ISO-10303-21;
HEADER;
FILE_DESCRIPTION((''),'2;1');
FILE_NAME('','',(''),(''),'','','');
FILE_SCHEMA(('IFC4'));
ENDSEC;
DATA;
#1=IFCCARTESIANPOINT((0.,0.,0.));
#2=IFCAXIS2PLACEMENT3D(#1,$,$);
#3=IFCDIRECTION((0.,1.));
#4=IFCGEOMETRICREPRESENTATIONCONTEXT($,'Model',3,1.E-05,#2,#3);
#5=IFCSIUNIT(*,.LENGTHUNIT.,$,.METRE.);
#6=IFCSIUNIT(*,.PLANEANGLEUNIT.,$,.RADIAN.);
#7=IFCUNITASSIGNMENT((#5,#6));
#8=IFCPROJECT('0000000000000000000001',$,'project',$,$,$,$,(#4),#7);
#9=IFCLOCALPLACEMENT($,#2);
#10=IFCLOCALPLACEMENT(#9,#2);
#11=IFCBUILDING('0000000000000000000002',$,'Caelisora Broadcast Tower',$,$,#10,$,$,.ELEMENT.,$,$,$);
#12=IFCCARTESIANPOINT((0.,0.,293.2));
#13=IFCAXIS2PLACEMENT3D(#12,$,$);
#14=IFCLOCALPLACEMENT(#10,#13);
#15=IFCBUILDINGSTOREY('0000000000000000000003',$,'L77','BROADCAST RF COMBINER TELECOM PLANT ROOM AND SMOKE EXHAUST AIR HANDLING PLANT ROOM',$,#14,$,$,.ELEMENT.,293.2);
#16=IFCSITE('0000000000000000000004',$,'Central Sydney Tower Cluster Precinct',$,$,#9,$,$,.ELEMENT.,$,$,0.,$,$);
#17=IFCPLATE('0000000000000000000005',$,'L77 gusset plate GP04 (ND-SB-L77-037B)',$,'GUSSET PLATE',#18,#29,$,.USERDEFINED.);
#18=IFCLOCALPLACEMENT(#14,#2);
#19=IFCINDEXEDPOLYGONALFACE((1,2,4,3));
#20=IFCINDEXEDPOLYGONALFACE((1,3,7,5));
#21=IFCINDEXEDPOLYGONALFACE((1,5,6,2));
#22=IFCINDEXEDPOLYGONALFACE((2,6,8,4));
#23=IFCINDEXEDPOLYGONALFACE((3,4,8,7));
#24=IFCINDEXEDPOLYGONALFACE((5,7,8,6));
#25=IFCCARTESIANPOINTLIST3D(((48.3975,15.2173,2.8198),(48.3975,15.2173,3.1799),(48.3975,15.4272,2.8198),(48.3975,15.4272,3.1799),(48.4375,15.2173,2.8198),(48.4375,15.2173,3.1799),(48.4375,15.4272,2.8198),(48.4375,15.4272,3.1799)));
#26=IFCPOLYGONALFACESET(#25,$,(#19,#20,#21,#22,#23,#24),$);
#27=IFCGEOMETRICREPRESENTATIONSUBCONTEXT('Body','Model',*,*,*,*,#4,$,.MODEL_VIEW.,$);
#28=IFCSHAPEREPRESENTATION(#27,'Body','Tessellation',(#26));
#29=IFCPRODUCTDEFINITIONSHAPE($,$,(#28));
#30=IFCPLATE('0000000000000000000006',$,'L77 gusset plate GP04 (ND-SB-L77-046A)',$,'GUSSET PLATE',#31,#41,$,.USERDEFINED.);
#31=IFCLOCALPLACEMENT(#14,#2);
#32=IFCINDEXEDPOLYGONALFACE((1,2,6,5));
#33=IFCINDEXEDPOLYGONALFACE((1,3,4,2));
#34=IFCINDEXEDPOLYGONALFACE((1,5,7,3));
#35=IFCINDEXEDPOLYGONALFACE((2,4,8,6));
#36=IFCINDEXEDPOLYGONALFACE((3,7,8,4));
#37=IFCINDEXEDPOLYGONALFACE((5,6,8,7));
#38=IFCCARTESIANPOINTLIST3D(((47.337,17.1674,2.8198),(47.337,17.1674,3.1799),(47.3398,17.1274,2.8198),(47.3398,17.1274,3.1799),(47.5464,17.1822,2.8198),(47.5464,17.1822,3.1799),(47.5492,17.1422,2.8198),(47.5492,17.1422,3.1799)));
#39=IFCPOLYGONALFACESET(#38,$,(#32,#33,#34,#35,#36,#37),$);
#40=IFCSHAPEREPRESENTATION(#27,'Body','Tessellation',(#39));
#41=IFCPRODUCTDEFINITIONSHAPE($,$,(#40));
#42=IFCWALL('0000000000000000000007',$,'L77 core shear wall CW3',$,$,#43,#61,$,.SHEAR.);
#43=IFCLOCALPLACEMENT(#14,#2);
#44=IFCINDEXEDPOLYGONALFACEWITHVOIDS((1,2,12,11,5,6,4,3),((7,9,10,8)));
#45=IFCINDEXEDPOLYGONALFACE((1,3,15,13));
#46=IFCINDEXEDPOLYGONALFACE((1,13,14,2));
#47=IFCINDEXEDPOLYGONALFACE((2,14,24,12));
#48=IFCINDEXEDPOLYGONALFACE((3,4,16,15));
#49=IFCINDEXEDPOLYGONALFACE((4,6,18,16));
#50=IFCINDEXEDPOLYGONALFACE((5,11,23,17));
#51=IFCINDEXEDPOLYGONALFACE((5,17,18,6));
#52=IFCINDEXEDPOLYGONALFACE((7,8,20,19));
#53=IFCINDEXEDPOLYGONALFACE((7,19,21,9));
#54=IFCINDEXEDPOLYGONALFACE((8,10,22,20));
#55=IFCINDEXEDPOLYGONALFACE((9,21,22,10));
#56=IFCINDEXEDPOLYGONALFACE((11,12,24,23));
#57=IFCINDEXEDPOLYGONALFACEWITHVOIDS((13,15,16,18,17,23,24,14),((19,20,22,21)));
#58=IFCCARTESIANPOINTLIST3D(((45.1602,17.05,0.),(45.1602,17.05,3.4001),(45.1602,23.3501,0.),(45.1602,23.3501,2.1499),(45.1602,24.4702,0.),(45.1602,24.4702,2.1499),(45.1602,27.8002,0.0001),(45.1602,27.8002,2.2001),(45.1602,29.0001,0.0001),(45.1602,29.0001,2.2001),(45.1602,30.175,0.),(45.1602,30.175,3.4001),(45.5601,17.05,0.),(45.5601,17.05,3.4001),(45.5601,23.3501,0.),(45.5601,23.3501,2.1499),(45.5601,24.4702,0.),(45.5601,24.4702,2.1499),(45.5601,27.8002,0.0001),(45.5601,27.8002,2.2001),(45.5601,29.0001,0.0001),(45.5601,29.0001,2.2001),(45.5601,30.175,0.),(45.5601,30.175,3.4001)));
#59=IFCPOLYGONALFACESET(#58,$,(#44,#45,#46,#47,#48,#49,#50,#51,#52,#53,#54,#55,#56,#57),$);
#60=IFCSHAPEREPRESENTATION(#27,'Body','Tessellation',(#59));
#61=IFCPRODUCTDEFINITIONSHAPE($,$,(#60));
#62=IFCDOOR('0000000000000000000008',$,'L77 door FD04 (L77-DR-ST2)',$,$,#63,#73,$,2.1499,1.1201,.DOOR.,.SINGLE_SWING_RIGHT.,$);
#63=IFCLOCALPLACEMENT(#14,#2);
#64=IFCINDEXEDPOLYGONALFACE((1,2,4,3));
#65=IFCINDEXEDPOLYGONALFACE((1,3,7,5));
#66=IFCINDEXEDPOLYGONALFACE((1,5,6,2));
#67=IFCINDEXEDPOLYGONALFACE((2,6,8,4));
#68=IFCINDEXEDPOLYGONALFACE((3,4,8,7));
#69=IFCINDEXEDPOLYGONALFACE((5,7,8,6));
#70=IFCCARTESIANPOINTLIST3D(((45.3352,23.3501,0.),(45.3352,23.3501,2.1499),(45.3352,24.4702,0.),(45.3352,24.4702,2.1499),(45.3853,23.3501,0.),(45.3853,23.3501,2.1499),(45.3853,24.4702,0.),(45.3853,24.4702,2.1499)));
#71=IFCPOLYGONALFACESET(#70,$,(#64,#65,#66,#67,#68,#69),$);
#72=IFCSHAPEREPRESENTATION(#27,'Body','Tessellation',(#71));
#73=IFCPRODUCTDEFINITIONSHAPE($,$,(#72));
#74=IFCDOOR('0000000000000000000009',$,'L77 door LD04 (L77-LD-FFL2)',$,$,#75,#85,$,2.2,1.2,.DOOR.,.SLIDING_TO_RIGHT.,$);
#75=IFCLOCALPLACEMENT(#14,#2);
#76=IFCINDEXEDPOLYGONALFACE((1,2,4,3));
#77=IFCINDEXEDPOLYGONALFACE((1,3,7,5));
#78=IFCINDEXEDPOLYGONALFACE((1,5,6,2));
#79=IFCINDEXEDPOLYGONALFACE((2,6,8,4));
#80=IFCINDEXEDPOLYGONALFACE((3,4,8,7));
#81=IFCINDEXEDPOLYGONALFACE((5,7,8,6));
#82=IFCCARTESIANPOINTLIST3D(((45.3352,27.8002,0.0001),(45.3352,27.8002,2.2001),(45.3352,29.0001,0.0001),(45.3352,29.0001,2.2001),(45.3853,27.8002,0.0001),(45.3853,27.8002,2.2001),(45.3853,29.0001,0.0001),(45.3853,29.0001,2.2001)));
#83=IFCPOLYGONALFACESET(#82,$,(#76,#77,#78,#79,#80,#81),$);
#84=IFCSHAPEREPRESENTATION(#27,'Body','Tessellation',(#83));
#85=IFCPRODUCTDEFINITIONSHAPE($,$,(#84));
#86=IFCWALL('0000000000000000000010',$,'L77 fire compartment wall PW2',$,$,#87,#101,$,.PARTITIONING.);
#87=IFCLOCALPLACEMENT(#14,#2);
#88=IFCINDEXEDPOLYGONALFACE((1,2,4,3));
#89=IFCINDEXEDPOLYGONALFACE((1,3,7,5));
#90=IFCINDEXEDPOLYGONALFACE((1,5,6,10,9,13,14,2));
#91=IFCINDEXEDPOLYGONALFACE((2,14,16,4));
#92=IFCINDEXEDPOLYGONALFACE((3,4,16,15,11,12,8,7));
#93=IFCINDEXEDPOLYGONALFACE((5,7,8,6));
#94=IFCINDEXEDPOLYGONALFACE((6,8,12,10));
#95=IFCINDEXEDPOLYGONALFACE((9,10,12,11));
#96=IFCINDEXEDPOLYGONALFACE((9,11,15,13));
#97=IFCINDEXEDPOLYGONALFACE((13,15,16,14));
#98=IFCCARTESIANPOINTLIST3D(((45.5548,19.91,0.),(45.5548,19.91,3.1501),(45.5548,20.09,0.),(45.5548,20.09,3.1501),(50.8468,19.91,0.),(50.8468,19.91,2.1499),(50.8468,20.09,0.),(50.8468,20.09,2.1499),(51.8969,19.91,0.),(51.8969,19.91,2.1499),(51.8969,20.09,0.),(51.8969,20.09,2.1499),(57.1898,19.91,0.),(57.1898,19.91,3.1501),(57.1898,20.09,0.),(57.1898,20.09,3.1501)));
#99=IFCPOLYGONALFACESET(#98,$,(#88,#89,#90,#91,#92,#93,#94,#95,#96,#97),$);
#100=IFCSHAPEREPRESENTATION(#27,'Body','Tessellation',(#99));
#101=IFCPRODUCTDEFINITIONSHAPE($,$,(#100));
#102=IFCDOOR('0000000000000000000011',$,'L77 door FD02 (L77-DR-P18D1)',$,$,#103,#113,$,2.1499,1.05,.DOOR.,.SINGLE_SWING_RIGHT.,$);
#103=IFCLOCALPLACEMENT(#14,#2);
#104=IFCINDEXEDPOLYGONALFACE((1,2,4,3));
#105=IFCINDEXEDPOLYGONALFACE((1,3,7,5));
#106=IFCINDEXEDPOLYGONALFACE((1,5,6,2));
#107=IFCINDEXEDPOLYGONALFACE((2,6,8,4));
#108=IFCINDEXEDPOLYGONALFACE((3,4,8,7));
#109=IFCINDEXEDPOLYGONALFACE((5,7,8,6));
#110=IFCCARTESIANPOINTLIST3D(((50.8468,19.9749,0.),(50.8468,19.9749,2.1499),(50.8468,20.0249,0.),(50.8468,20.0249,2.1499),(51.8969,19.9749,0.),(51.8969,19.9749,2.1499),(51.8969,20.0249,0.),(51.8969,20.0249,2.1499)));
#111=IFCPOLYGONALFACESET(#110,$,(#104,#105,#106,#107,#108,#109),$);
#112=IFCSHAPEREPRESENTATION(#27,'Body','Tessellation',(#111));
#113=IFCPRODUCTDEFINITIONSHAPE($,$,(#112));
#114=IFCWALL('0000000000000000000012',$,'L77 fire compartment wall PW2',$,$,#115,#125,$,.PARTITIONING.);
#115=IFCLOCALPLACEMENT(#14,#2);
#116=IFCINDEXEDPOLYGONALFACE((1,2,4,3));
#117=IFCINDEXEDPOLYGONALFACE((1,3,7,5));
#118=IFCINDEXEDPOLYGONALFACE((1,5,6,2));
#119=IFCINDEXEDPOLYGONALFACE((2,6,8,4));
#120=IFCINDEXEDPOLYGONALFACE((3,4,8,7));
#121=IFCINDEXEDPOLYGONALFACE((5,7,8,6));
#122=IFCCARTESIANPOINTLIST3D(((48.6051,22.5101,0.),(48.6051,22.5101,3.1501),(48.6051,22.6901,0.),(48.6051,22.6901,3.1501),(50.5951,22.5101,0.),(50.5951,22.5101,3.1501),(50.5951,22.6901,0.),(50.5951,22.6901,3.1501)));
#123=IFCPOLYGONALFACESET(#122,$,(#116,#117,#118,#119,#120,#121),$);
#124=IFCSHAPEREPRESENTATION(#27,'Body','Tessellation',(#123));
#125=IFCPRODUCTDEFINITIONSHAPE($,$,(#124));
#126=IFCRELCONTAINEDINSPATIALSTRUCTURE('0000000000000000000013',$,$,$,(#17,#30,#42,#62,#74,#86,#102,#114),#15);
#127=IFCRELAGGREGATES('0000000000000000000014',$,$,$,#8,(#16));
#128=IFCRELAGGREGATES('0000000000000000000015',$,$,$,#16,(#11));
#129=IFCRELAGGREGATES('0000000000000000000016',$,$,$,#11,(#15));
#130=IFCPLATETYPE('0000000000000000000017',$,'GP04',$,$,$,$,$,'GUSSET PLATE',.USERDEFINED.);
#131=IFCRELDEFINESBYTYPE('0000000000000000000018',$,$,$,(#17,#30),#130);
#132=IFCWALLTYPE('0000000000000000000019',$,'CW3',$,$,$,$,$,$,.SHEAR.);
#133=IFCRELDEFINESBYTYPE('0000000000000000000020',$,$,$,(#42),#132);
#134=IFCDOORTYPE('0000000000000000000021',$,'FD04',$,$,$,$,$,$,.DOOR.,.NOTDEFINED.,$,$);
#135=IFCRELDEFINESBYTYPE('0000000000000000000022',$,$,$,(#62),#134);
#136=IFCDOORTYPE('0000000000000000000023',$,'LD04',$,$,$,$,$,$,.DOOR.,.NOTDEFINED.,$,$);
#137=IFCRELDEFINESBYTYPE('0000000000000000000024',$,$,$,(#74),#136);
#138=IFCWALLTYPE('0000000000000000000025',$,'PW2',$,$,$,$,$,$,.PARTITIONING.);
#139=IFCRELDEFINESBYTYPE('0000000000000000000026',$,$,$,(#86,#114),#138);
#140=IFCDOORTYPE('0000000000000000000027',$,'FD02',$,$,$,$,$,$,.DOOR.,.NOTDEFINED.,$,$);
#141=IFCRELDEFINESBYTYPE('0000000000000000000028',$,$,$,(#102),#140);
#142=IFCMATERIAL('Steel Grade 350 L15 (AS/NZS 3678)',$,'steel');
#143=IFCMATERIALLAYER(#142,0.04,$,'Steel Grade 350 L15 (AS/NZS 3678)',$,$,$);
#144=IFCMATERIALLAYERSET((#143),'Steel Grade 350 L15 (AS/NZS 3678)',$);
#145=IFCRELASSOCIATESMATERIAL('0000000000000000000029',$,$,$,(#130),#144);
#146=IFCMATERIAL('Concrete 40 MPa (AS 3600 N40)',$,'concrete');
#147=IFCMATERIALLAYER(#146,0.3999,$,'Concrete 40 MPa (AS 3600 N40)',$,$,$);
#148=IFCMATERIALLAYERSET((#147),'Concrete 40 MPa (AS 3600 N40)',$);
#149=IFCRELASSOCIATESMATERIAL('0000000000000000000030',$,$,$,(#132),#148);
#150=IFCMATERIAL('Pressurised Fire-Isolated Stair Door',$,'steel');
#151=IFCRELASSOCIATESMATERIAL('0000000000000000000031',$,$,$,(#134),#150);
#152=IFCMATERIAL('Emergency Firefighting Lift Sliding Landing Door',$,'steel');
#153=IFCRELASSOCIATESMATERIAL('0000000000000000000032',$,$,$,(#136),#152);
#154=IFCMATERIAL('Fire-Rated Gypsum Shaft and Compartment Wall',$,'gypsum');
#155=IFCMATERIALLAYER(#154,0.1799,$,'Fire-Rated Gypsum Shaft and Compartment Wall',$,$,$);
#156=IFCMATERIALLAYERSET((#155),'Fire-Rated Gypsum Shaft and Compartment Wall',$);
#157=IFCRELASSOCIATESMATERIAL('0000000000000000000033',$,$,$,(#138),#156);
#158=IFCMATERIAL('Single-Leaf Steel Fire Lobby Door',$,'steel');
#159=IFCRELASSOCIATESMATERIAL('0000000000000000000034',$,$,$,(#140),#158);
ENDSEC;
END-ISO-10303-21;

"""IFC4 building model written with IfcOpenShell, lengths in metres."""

from ifc_helpers import new_model, si_unit, direction, frame, frame_2d, origin, origin_2d, place, context, subcontext, project, spatial, rectangle, extrude, source, transform, mapped, material, layer, layer_set, type_object, element, fill, save


model = new_model("IFC4")

# Units and contexts
model_context = context("Model", 3, precision=1e-05, world=origin(), true_north=direction((0.0, 1.0)))
body_context = subcontext(model_context, "Body", "Model", "MODEL_VIEW")
ifc_project = project(units=[si_unit("LENGTHUNIT", "METRE"), si_unit("PLANEANGLEUNIT", "RADIAN")], contexts=[model_context])

# Site, building, storey
site_placement = place(None, origin())
site = spatial("IfcSite", under=ifc_project, at=site_placement, Name="Central Sydney Tower Cluster Precinct", CompositionType="ELEMENT", RefElevation=0.0)
building_placement = place(site_placement, origin())
building = spatial("IfcBuilding", under=site, at=building_placement, Name="Caelisora Broadcast Tower", CompositionType="ELEMENT")
storey_placement = place(building_placement, frame((0.0, 0.0, 293.2)))
storey = spatial("IfcBuildingStorey", under=building, at=storey_placement, Name="L77", Description="BROADCAST RF COMBINER TELECOM PLANT ROOM AND SMOKE EXHAUST AIR HANDLING PLANT ROOM", CompositionType="ELEMENT", Elevation=293.2)

# Plates
ifc_material_1 = material(Name="Steel Grade 350 L15 (AS/NZS 3678)", Category="steel")
ifc_layer_1 = layer(ifc_material_1, 0.04, Name="Steel Grade 350 L15 (AS/NZS 3678)")
ifc_layer_set_1 = layer_set([ifc_layer_1], Name="Steel Grade 350 L15 (AS/NZS 3678)")
plate_type = type_object("IfcPlateType", Name="GP04", ElementType="GUSSET PLATE", PredefinedType="USERDEFINED", material=ifc_layer_set_1)
shared_shape_1 = source(origin(), body_context, "Body", "SweptSolid", [
    extrude(rectangle(XDim=0.21, YDim=0.04, at=origin_2d()), origin(), (0.0, 0.0, 1.0), 0.3601),
])
for number, where, z_axis, x_axis, name in (
    (1, (48.4175, 15.3223, 2.8198), (0.0, 0.0, 1.0), (0.0, 1.0, 0.0), "L77 gusset plate GP04 (ND-SB-L77-037B)"),
    (2, (47.4431, 17.1548, 2.8198), (0.0, 0.0, 1.0), (-0.997515, -0.070453, 0.0), "L77 gusset plate GP04 (ND-SB-L77-046A)"),
):
    element("IfcPlate", number, at=place(storey_placement, frame(where, z_axis=z_axis, x_axis=x_axis)), inside=storey, type_object=plate_type, Name=name, ObjectType="GUSSET PLATE", PredefinedType="USERDEFINED", context=body_context, shape_type="MappedRepresentation", body=[
        mapped(shared_shape_1, transform((0.0, 0.0, 0.0), scale=1.0)),
    ])

# Wall, openings, doors
ifc_material_2 = material(Name="Concrete 40 MPa (AS 3600 N40)", Category="concrete")
ifc_layer_2 = layer(ifc_material_2, 0.3999, Name="Concrete 40 MPa (AS 3600 N40)")
ifc_layer_set_2 = layer_set([ifc_layer_2], Name="Concrete 40 MPa (AS 3600 N40)")
wall_type_1 = type_object("IfcWallType", Name="CW3", PredefinedType="SHEAR", material=ifc_layer_set_2)
wall_1_placement = place(storey_placement, frame((45.3601, 17.05, 0.0), z_axis=(0.0, 0.0, 1.0), x_axis=(0.0, 1.0, 0.0)))
wall_1 = element("IfcWall", 3, at=wall_1_placement, inside=storey, type_object=wall_type_1, Name="L77 core shear wall CW3", PredefinedType="SHEAR", context=body_context, shape_type="SweptSolid", body=[
    extrude(rectangle(XDim=13.125, YDim=0.3999, at=frame_2d((6.5625, 0.0))), origin(), (0.0, 0.0, 1.0), 3.4001),
])
opening_1_placement = place(wall_1_placement, frame((6.3, 0.0, 0.0)))
opening_1 = element("IfcOpeningElement", 4, at=opening_1_placement, cuts=wall_1, PredefinedType="OPENING", context=body_context, shape_type="SweptSolid", body=[
    extrude(rectangle(XDim=1.1201, YDim=2.1499, at=frame_2d((0.5601, 1.075))), frame((0.0, 0.2119, 0.0), z_axis=(0.0, -1.0, 0.0), x_axis=(1.0, 0.0, 0.0)), (0.0, 0.0, 1.0), 0.4238),
])
opening_2_placement = place(wall_1_placement, frame((10.75, 0.0, 0.0)))
opening_2 = element("IfcOpeningElement", 5, at=opening_2_placement, cuts=wall_1, PredefinedType="OPENING", context=body_context, shape_type="SweptSolid", body=[
    extrude(rectangle(XDim=1.2, YDim=2.2, at=frame_2d((0.6001, 1.1001))), frame((0.0, 0.2119, 0.0), z_axis=(0.0, -1.0, 0.0), x_axis=(1.0, 0.0, 0.0)), (0.0, 0.0, 1.0), 0.4238),
])
ifc_material_3 = material(Name="Pressurised Fire-Isolated Stair Door", Category="steel")
door_type_1 = type_object("IfcDoorType", Name="FD04", OperationType="NOTDEFINED", PredefinedType="DOOR", material=ifc_material_3)
door_1_placement = place(opening_1_placement, origin())
door_1 = element("IfcDoor", 6, at=door_1_placement, inside=storey, type_object=door_type_1, Name="L77 door FD04 (L77-DR-ST2)", OperationType="SINGLE_SWING_RIGHT", OverallHeight=2.1499, OverallWidth=1.1201, PredefinedType="DOOR", context=body_context, shape_type="SweptSolid", body=[
    extrude(rectangle(XDim=1.1201, YDim=2.1499, at=frame_2d((0.5601, 1.075))), frame((0.0, 0.0249, 0.0), z_axis=(0.0, -1.0, 0.0), x_axis=(1.0, 0.0, 0.0)), (0.0, 0.0, 1.0), 0.05),
])
fill(opening_1, door_1)
ifc_material_4 = material(Name="Emergency Firefighting Lift Sliding Landing Door", Category="steel")
door_type_2 = type_object("IfcDoorType", Name="LD04", OperationType="NOTDEFINED", PredefinedType="DOOR", material=ifc_material_4)
door_2_placement = place(opening_2_placement, origin())
door_2 = element("IfcDoor", 7, at=door_2_placement, inside=storey, type_object=door_type_2, Name="L77 door LD04 (L77-LD-FFL2)", OperationType="SLIDING_TO_RIGHT", OverallHeight=2.2, OverallWidth=1.2, PredefinedType="DOOR", context=body_context, shape_type="SweptSolid", body=[
    extrude(rectangle(XDim=1.2, YDim=2.2, at=frame_2d((0.6001, 1.1001))), frame((0.0, 0.0249, 0.0), z_axis=(0.0, -1.0, 0.0), x_axis=(1.0, 0.0, 0.0)), (0.0, 0.0, 1.0), 0.05),
])
fill(opening_2, door_2)

# Wall, opening, door
ifc_material_5 = material(Name="Fire-Rated Gypsum Shaft and Compartment Wall", Category="gypsum")
ifc_layer_3 = layer(ifc_material_5, 0.1799, Name="Fire-Rated Gypsum Shaft and Compartment Wall")
ifc_layer_set_3 = layer_set([ifc_layer_3], Name="Fire-Rated Gypsum Shaft and Compartment Wall")
wall_type_2 = type_object("IfcWallType", Name="PW2", PredefinedType="PARTITIONING", material=ifc_layer_set_3)
wall_2_placement = place(storey_placement, frame((45.5549, 20.0, 0.0), z_axis=(0.0, 0.0, 1.0), x_axis=(1.0, 0.0, 0.0)))
wall_2 = element("IfcWall", 8, at=wall_2_placement, inside=storey, type_object=wall_type_2, Name="L77 fire compartment wall PW2", PredefinedType="PARTITIONING", context=body_context, shape_type="SweptSolid", body=[
    extrude(rectangle(XDim=11.635, YDim=0.1799, at=frame_2d((5.8174, 0.0))), origin(), (0.0, 0.0, 1.0), 3.1501),
])
opening_3_placement = place(wall_2_placement, frame((5.292, 0.0, 0.0)))
opening_3 = element("IfcOpeningElement", 9, at=opening_3_placement, cuts=wall_2, PredefinedType="OPENING", context=body_context, shape_type="SweptSolid", body=[
    extrude(rectangle(XDim=1.05, YDim=2.1499, at=frame_2d((0.5249, 1.075))), frame((0.0, 0.1021, 0.0), z_axis=(0.0, -1.0, 0.0), x_axis=(1.0, 0.0, 0.0)), (0.0, 0.0, 1.0), 0.2039),
])
ifc_material_6 = material(Name="Single-Leaf Steel Fire Lobby Door", Category="steel")
door_type_3 = type_object("IfcDoorType", Name="FD02", OperationType="NOTDEFINED", PredefinedType="DOOR", material=ifc_material_6)
door_3_placement = place(opening_3_placement, origin())
door_3 = element("IfcDoor", 10, at=door_3_placement, inside=storey, type_object=door_type_3, Name="L77 door FD02 (L77-DR-P18D1)", OperationType="SINGLE_SWING_RIGHT", OverallHeight=2.1499, OverallWidth=1.05, PredefinedType="DOOR", context=body_context, shape_type="SweptSolid", body=[
    extrude(rectangle(XDim=1.05, YDim=2.1499, at=frame_2d((0.5249, 1.075))), frame((0.0, 0.0249, 0.0), z_axis=(0.0, -1.0, 0.0), x_axis=(1.0, 0.0, 0.0)), (0.0, 0.0, 1.0), 0.05),
])
fill(opening_3, door_3)

# Wall
wall_3_placement = place(storey_placement, frame((48.605, 22.6001, 0.0), z_axis=(0.0, 0.0, 1.0), x_axis=(1.0, 0.0, 0.0)))
element("IfcWall", 11, at=wall_3_placement, inside=storey, type_object=wall_type_2, Name="L77 fire compartment wall PW2", PredefinedType="PARTITIONING", context=body_context, shape_type="SweptSolid", body=[
    extrude(rectangle(XDim=1.99, YDim=0.1799, at=frame_2d((0.9951, 0.0))), origin(), (0.0, 0.0, 1.0), 3.1501),
])

save(model, "model.ifc")
